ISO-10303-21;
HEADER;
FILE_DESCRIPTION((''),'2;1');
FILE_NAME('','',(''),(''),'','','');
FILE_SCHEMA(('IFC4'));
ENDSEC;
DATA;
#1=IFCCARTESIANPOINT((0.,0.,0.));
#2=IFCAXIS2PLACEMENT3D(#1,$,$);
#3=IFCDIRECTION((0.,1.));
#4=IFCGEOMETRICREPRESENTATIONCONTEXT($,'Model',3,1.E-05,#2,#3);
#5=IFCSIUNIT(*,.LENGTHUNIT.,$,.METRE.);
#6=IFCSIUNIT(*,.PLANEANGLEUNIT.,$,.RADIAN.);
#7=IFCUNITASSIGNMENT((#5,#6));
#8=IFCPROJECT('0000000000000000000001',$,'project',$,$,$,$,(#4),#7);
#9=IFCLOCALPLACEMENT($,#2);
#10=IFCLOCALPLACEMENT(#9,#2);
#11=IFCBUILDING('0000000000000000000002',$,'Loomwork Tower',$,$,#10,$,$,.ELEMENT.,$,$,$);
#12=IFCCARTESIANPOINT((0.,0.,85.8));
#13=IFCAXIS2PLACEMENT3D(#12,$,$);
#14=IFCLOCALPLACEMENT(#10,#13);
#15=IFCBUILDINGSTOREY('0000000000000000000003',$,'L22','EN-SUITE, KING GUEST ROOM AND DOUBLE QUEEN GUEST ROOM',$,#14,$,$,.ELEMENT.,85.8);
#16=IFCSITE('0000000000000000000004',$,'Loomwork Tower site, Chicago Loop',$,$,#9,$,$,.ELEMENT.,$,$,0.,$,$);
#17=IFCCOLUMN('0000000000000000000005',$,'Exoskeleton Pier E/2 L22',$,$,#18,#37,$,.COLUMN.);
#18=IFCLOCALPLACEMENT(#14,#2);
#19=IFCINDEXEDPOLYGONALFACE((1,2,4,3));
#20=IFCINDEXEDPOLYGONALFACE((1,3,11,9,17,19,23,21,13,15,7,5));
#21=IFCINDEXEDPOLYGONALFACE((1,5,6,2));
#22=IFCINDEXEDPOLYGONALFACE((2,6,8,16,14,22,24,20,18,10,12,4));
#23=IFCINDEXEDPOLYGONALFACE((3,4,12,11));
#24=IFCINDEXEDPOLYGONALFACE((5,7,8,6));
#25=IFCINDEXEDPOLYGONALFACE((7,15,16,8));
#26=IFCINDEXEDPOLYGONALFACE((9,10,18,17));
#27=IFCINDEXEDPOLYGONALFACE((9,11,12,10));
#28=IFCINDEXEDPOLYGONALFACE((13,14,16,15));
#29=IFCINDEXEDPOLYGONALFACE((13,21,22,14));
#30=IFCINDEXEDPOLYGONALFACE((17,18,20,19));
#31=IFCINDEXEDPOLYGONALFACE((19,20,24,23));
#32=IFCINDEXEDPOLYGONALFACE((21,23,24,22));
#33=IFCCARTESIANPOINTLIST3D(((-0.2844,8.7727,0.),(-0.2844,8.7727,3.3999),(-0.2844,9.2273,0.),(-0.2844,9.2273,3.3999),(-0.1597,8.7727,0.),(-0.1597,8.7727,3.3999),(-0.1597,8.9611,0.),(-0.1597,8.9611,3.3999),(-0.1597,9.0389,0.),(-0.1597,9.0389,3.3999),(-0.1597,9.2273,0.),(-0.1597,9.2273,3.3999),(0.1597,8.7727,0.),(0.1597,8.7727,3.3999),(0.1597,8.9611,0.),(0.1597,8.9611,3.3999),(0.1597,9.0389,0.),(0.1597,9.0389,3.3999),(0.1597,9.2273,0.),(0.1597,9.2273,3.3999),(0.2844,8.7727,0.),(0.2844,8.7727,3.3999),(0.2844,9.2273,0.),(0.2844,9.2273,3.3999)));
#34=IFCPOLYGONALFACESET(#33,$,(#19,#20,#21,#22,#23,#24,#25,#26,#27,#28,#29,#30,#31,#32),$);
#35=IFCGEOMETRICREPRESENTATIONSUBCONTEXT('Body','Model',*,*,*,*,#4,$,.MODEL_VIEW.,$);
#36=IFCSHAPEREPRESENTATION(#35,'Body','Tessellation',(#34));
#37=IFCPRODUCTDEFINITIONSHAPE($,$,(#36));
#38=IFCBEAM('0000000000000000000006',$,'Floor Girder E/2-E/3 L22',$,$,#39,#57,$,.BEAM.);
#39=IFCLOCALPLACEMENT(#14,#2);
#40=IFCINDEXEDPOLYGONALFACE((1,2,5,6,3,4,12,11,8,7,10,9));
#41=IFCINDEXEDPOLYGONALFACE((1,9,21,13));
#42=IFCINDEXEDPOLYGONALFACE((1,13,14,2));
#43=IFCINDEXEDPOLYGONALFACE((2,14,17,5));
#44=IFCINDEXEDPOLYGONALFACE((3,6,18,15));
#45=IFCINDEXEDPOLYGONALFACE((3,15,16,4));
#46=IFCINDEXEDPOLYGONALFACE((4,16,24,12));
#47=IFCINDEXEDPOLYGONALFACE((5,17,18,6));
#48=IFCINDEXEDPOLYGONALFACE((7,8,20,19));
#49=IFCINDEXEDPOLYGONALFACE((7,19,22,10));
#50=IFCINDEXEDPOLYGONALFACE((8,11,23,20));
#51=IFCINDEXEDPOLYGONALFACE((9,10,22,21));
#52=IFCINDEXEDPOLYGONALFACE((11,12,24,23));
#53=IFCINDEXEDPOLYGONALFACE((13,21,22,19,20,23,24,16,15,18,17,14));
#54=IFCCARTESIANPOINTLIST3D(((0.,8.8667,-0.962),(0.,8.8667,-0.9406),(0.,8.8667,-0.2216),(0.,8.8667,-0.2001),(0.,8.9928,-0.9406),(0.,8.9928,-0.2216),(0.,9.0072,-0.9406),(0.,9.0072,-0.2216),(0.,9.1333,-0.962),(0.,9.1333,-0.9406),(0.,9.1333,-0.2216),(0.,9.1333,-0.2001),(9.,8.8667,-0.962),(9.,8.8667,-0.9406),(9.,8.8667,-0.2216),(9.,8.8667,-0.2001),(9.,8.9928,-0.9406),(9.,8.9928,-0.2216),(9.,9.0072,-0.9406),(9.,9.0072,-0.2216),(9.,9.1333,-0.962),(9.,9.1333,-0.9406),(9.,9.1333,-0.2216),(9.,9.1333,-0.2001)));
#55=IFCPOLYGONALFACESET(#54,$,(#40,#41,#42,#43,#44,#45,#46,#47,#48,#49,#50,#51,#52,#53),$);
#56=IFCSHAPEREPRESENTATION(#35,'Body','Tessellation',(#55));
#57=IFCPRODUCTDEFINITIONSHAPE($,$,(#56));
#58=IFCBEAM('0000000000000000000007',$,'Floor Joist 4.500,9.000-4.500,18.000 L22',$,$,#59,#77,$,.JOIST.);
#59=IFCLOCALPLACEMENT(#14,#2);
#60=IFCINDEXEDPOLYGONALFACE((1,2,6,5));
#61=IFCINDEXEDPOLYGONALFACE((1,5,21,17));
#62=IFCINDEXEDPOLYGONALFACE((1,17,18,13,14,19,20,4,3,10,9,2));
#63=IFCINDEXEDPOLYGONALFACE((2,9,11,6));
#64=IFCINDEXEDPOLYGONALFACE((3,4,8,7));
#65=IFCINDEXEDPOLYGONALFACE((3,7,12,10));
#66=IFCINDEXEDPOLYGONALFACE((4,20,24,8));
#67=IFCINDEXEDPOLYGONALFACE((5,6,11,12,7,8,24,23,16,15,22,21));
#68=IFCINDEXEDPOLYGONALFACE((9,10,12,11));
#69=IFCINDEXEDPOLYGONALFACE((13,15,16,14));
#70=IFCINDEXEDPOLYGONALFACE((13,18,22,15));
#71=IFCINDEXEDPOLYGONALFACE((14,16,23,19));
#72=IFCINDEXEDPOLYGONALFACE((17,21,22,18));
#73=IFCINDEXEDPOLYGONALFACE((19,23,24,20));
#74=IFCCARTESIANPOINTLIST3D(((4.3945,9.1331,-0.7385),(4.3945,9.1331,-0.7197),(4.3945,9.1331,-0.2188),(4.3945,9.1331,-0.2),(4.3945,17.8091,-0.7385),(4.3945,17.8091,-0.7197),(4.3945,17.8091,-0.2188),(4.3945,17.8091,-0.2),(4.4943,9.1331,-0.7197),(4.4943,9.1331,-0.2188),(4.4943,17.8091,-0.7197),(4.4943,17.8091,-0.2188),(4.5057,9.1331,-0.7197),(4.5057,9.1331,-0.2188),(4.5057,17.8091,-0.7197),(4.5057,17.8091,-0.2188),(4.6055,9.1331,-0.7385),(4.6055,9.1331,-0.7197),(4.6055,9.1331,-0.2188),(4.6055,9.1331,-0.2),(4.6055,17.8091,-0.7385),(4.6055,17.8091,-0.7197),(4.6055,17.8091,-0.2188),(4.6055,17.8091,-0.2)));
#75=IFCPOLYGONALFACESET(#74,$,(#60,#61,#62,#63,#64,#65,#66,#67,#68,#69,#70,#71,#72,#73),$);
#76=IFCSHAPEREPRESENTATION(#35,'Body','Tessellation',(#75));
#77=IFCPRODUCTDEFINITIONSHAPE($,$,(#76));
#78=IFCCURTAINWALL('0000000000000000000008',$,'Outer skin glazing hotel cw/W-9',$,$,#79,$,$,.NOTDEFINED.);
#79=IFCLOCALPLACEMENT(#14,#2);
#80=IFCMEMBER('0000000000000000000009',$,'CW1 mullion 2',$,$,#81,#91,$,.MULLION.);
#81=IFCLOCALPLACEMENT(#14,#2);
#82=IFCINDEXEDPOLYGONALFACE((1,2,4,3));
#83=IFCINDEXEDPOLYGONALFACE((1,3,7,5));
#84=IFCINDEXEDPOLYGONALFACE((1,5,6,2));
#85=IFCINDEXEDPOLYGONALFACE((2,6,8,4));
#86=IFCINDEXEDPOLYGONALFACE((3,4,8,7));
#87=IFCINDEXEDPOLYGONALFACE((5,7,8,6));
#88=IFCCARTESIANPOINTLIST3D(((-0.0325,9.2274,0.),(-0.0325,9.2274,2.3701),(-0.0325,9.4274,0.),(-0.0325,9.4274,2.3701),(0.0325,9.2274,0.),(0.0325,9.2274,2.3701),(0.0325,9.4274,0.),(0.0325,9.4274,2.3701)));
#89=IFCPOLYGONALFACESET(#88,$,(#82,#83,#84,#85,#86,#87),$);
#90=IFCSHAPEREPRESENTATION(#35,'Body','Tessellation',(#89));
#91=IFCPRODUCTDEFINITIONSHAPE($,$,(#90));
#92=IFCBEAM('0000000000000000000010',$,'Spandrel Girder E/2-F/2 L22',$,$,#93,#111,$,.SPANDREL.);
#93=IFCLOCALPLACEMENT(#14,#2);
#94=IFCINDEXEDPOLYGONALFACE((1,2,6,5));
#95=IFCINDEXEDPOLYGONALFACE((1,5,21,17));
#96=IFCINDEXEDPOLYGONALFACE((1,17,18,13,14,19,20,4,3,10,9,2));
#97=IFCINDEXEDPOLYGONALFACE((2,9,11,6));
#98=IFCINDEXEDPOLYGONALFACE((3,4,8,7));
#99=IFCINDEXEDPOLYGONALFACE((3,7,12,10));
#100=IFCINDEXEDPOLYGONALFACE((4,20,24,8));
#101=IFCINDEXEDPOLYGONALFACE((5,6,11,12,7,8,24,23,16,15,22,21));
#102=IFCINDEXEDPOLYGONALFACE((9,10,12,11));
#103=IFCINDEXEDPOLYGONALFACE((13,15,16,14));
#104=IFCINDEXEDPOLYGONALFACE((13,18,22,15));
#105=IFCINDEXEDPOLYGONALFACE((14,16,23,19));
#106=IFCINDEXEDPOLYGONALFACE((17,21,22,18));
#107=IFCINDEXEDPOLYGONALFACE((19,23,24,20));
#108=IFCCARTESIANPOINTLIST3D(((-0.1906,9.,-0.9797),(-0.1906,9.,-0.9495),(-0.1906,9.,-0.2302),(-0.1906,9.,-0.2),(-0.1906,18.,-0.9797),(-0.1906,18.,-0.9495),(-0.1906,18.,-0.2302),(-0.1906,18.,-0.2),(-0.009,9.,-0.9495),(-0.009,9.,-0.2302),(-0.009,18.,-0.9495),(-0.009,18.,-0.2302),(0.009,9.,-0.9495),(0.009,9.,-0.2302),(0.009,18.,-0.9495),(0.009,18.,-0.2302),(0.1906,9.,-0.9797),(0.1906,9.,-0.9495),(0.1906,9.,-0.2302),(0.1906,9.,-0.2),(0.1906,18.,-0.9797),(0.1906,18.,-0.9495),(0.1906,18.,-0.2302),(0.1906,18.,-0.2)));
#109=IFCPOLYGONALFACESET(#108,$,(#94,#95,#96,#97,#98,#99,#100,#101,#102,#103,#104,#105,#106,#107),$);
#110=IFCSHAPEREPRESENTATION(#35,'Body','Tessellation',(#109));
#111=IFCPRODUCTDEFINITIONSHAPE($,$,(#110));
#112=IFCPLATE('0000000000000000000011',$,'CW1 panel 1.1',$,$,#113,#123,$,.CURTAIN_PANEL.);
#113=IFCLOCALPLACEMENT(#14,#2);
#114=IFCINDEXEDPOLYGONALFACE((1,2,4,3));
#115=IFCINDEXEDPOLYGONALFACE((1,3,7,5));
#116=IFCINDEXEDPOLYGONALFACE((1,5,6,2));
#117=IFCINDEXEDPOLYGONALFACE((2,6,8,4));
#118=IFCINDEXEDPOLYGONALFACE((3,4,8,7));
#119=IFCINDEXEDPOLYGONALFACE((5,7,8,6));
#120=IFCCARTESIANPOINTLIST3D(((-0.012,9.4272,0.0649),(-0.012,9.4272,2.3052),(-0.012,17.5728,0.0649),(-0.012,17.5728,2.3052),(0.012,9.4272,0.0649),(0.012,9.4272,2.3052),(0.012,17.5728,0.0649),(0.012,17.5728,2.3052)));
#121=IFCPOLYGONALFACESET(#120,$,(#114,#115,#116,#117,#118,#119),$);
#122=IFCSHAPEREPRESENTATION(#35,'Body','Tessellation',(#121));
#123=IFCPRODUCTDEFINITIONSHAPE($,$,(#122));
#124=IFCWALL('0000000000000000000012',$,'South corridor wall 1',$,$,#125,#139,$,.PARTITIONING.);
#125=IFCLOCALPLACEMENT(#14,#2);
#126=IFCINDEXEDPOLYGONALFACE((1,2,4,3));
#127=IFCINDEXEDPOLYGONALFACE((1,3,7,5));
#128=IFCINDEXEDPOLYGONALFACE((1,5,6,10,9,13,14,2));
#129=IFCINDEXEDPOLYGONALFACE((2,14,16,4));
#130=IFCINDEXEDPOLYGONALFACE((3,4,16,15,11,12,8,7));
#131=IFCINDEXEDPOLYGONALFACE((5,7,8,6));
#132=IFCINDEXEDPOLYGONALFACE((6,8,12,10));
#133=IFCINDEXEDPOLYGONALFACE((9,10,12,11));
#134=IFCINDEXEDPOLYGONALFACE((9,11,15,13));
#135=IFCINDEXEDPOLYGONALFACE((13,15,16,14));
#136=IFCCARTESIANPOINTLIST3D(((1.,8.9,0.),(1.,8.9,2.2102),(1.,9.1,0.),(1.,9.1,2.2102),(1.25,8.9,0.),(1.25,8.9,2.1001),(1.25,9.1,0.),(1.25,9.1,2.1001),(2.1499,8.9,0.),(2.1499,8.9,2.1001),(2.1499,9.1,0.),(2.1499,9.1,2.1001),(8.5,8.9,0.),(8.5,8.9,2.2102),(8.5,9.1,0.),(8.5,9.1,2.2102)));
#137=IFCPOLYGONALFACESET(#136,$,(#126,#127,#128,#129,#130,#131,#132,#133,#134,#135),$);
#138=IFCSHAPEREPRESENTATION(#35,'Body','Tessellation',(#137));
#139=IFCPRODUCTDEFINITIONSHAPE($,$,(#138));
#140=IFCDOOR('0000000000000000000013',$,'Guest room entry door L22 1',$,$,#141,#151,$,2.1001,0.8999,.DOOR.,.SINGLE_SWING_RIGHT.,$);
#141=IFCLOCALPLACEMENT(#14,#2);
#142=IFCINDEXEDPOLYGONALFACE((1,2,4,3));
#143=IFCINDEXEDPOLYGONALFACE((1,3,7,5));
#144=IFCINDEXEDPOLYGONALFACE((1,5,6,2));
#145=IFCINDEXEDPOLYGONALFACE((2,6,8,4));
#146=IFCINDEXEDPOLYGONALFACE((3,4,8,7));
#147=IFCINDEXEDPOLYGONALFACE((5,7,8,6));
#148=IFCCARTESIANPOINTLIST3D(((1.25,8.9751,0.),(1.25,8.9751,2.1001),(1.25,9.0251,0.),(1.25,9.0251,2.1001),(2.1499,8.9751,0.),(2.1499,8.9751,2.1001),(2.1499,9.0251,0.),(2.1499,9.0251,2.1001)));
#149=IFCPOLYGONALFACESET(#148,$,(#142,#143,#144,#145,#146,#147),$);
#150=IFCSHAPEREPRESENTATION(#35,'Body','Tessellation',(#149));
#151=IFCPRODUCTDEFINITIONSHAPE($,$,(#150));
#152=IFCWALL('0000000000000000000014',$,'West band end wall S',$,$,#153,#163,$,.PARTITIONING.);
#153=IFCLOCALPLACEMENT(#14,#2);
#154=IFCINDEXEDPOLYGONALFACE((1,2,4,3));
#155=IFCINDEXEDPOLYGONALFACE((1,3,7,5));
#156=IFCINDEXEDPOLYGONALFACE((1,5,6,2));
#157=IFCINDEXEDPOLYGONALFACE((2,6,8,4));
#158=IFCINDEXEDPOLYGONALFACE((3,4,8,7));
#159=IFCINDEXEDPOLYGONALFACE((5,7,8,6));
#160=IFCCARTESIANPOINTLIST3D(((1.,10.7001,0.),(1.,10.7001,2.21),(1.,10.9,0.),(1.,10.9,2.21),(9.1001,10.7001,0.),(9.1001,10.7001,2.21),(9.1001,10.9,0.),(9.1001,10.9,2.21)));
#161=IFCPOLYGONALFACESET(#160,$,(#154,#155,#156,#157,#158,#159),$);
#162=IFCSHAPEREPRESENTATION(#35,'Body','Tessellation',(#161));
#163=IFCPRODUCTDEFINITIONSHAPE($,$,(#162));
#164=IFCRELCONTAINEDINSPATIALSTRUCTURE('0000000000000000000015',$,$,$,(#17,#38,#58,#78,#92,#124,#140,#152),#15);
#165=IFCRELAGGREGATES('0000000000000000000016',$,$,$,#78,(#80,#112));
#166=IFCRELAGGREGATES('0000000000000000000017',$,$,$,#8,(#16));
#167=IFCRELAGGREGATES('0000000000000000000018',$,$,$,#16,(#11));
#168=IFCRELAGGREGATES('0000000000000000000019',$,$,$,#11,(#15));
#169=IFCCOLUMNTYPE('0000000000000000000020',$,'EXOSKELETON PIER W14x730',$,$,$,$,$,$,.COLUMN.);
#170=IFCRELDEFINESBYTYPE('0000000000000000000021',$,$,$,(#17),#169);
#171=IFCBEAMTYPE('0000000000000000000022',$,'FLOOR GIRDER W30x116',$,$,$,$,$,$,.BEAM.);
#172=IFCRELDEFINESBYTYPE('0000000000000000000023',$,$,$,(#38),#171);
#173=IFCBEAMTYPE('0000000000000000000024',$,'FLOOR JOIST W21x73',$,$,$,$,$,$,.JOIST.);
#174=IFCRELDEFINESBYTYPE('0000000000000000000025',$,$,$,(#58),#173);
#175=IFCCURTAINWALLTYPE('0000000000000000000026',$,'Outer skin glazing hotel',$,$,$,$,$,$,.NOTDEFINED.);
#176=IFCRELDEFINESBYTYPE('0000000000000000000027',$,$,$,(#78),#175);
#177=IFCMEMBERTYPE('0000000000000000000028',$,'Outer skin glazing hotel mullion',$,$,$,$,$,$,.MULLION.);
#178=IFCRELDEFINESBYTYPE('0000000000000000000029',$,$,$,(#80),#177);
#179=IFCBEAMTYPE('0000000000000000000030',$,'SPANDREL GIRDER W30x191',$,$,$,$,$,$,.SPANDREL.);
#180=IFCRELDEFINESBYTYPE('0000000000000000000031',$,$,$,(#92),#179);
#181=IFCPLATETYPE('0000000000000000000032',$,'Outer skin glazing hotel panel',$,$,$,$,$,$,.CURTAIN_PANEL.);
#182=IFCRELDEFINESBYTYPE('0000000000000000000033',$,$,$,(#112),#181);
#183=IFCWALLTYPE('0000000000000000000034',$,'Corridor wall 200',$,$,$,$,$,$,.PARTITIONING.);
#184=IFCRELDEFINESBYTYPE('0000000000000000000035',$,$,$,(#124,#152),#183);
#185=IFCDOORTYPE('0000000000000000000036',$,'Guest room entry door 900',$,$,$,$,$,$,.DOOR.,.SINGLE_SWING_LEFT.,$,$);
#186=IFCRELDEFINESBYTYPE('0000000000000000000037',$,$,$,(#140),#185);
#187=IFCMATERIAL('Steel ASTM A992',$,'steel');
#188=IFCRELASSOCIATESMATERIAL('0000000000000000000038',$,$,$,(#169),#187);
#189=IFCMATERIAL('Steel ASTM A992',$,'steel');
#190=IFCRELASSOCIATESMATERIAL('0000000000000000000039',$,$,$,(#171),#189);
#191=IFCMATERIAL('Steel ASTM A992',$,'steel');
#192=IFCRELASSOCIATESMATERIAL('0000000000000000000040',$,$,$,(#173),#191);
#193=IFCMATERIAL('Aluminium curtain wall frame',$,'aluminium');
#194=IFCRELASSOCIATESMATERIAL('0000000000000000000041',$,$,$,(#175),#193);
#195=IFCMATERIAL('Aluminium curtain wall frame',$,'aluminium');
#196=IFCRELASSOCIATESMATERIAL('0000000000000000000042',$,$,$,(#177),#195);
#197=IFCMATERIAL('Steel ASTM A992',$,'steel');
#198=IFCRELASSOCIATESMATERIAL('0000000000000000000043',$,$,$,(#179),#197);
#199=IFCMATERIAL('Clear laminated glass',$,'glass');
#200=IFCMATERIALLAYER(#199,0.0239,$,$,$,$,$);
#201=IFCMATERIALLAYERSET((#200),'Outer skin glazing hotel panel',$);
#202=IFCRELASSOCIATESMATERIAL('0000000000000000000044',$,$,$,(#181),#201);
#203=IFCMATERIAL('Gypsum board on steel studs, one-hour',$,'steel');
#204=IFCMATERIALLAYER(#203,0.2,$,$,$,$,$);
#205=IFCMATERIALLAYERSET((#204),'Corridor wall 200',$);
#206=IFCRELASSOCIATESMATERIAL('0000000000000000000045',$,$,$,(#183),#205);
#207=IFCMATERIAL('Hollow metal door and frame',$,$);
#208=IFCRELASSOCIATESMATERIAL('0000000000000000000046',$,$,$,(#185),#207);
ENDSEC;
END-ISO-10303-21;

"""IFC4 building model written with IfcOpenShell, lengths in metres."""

from ifc_helpers import new_model, si_unit, direction, frame, frame_2d, origin, origin_2d, place, context, subcontext, project, spatial, rectangle, i_section, extrude, material, layer, layer_set, material_profile, profile_set, type_object, element, fill, aggregate, save


model = new_model("IFC4")

# Units and contexts
model_context = context("Model", 3, precision=1e-05, world=origin(), true_north=direction((0.0, 1.0)))
body_context = subcontext(model_context, "Body", "Model", "MODEL_VIEW")
ifc_project = project(units=[si_unit("LENGTHUNIT", "METRE"), si_unit("PLANEANGLEUNIT", "RADIAN")], contexts=[model_context])

# Site, building, storey
site_placement = place(None, origin())
site = spatial("IfcSite", under=ifc_project, at=site_placement, Name="Loomwork Tower site, Chicago Loop", CompositionType="ELEMENT", RefElevation=0.0)
building_placement = place(site_placement, origin())
building = spatial("IfcBuilding", under=site, at=building_placement, Name="Loomwork Tower", CompositionType="ELEMENT")
storey_placement = place(building_placement, frame((0.0, 0.0, 85.8)))
storey = spatial("IfcBuildingStorey", under=building, at=storey_placement, Name="L22", Description="EN-SUITE, KING GUEST ROOM AND DOUBLE QUEEN GUEST ROOM", CompositionType="ELEMENT", Elevation=85.8)

# Column
ifc_material_1 = material(Name="Steel ASTM A992", Category="steel")
ifc_material_profile_1 = material_profile(ifc_material_1, i_section(OverallWidth=0.4546, OverallDepth=0.5688, WebThickness=0.0779, FlangeThickness=0.1248, at=origin_2d()), Name="W14x730")
ifc_profile_set_1 = profile_set([ifc_material_profile_1], Name="Steel ASTM A992")
column_type = type_object("IfcColumnType", Name="EXOSKELETON PIER W14x730", PredefinedType="COLUMN", material=ifc_profile_set_1)
column_placement = place(storey_placement, frame((0.0, 9.0, 0.0), z_axis=(0.0, 0.0, 1.0), x_axis=(0.0, 1.0, 0.0)))
element("IfcColumn", 1, at=column_placement, inside=storey, type_object=column_type, Name="Exoskeleton Pier E/2 L22", PredefinedType="COLUMN", context=body_context, shape_type="SweptSolid", body=[
    extrude(i_section(OverallWidth=0.4546, OverallDepth=0.5688, WebThickness=0.0779, FlangeThickness=0.1248, at=origin_2d()), origin(), (0.0, 0.0, 1.0), 3.3999),
])

# Beams
ifc_material_2 = material(Name="Steel ASTM A992", Category="steel")
ifc_material_profile_2 = material_profile(ifc_material_2, i_section(OverallWidth=0.2666, OverallDepth=0.762, WebThickness=0.0144, FlangeThickness=0.0215, at=origin_2d()), Name="W30x116")
ifc_profile_set_2 = profile_set([ifc_material_profile_2], Name="Steel ASTM A992")
beam_type_1 = type_object("IfcBeamType", Name="FLOOR GIRDER W30x116", PredefinedType="BEAM", material=ifc_profile_set_2)
beam_1_placement = place(storey_placement, frame((0.0, 9.0, -0.5811), z_axis=(1.0, 0.0, 0.0), x_axis=(0.0, 1.0, 0.0)))
element("IfcBeam", 2, at=beam_1_placement, inside=storey, type_object=beam_type_1, Name="Floor Girder E/2-E/3 L22", PredefinedType="BEAM", context=body_context, shape_type="SweptSolid", body=[
    extrude(i_section(OverallWidth=0.2666, OverallDepth=0.762, WebThickness=0.0144, FlangeThickness=0.0215, at=origin_2d()), origin(), (0.0, 0.0, 1.0), 9.0),
])
ifc_material_3 = material(Name="Steel ASTM A992", Category="steel")
ifc_material_profile_3 = material_profile(ifc_material_3, i_section(OverallWidth=0.2109, OverallDepth=0.5386, WebThickness=0.0115, FlangeThickness=0.0188, at=origin_2d()), Name="W21x73")
ifc_profile_set_3 = profile_set([ifc_material_profile_3], Name="Steel ASTM A992")
beam_type_2 = type_object("IfcBeamType", Name="FLOOR JOIST W21x73", PredefinedType="JOIST", material=ifc_profile_set_3)
beam_2_placement = place(storey_placement, frame((4.5, 9.1331, -0.4692), z_axis=(0.0, 1.0, 0.0), x_axis=(-1.0, 0.0, 0.0)))
element("IfcBeam", 3, at=beam_2_placement, inside=storey, type_object=beam_type_2, Name="Floor Joist 4.500,9.000-4.500,18.000 L22", PredefinedType="JOIST", context=body_context, shape_type="SweptSolid", body=[
    extrude(i_section(OverallWidth=0.2109, OverallDepth=0.5386, WebThickness=0.0115, FlangeThickness=0.0188, at=origin_2d()), origin(), (0.0, 0.0, 1.0), 8.676),
])

# Curtain wall, member
ifc_material_4 = material(Name="Aluminium curtain wall frame", Category="aluminium")
curtain_wall_type = type_object("IfcCurtainWallType", Name="Outer skin glazing hotel", PredefinedType="NOTDEFINED", material=ifc_material_4)
curtain_wall_placement = place(storey_placement, origin())
curtain_wall = element("IfcCurtainWall", 4, at=curtain_wall_placement, inside=storey, type_object=curtain_wall_type, Name="Outer skin glazing hotel cw/W-9", PredefinedType="NOTDEFINED")
ifc_material_5 = material(Name="Aluminium curtain wall frame", Category="aluminium")
ifc_material_profile_4 = material_profile(ifc_material_5, rectangle(XDim=0.0649, YDim=0.2, at=origin_2d()), Name="AL 65x200")
ifc_profile_set_4 = profile_set([ifc_material_profile_4], Name="Aluminium curtain wall frame")
member_type = type_object("IfcMemberType", Name="Outer skin glazing hotel mullion", PredefinedType="MULLION", material=ifc_profile_set_4)
member_placement = place(storey_placement, frame((0.0, 9.3274, 0.0), z_axis=(0.0, 0.0, 1.0), x_axis=(1.0, 0.0, 0.0)))
member = element("IfcMember", 5, at=member_placement, type_object=member_type, Name="CW1 mullion 2", PredefinedType="MULLION", context=body_context, shape_type="SweptSolid", body=[
    extrude(rectangle(XDim=0.0649, YDim=0.2, at=origin_2d()), origin(), (0.0, 0.0, 1.0), 2.3701),
])

# Beam
ifc_material_6 = material(Name="Steel ASTM A992", Category="steel")
ifc_material_profile_5 = material_profile(ifc_material_6, i_section(OverallWidth=0.3811, OverallDepth=0.7798, WebThickness=0.0181, FlangeThickness=0.0303, at=origin_2d()), Name="W30x191")
ifc_profile_set_5 = profile_set([ifc_material_profile_5], Name="Steel ASTM A992")
beam_type_3 = type_object("IfcBeamType", Name="SPANDREL GIRDER W30x191", PredefinedType="SPANDREL", material=ifc_profile_set_5)
beam_3_placement = place(storey_placement, frame((0.0, 9.0, -0.5898), z_axis=(0.0, 1.0, 0.0), x_axis=(-1.0, 0.0, 0.0)))
element("IfcBeam", 6, at=beam_3_placement, inside=storey, type_object=beam_type_3, Name="Spandrel Girder E/2-F/2 L22", PredefinedType="SPANDREL", context=body_context, shape_type="SweptSolid", body=[
    extrude(i_section(OverallWidth=0.3811, OverallDepth=0.7798, WebThickness=0.0181, FlangeThickness=0.0303, at=origin_2d()), origin(), (0.0, 0.0, 1.0), 9.0),
])

# Plate
ifc_material_7 = material(Name="Clear laminated glass", Category="glass")
ifc_layer_1 = layer(ifc_material_7, 0.0239)
ifc_layer_set_1 = layer_set([ifc_layer_1], Name="Outer skin glazing hotel panel")
plate_type = type_object("IfcPlateType", Name="Outer skin glazing hotel panel", PredefinedType="CURTAIN_PANEL", material=ifc_layer_set_1)
plate_placement = place(storey_placement, frame((0.0, 13.5, 0.0649), z_axis=(0.0, 0.0, 1.0), x_axis=(0.0, -1.0, 0.0)))
plate = element("IfcPlate", 7, at=plate_placement, type_object=plate_type, Name="CW1 panel 1.1", PredefinedType="CURTAIN_PANEL", context=body_context, shape_type="SweptSolid", body=[
    extrude(rectangle(XDim=8.1455, YDim=0.0239, at=origin_2d()), origin(), (0.0, 0.0, 1.0), 2.2402),
])
aggregate(curtain_wall, [member, plate])

# Wall, opening, door
ifc_material_8 = material(Name="Gypsum board on steel studs, one-hour", Category="steel")
ifc_layer_2 = layer(ifc_material_8, 0.2)
ifc_layer_set_2 = layer_set([ifc_layer_2], Name="Corridor wall 200")
wall_type_1 = type_object("IfcWallType", Name="Corridor wall 200", PredefinedType="PARTITIONING", material=ifc_layer_set_2)
wall_1_placement = place(storey_placement, frame((1.0, 9.0, 0.0), z_axis=(0.0, 0.0, 1.0), x_axis=(1.0, 0.0, 0.0)))
wall_1 = element("IfcWall", 8, at=wall_1_placement, inside=storey, type_object=wall_type_1, Name="South corridor wall 1", PredefinedType="PARTITIONING", context=body_context, shape_type="SweptSolid", body=[
    extrude(rectangle(XDim=7.5, YDim=0.2, at=frame_2d((3.75, 0.0))), origin(), (0.0, 0.0, 1.0), 2.2102),
])
opening_1_placement = place(wall_1_placement, frame((0.25, 0.0, 0.0)))
opening_1 = element("IfcOpeningElement", 9, at=opening_1_placement, cuts=wall_1, PredefinedType="OPENING", context=body_context, shape_type="SweptSolid", body=[
    extrude(rectangle(XDim=0.8999, YDim=2.1001, at=frame_2d((0.45, 1.05))), frame((0.0, 0.1099, 0.0), z_axis=(0.0, -1.0, 0.0), x_axis=(1.0, 0.0, 0.0)), (0.0, 0.0, 1.0), 0.22),
])
ifc_material_9 = material(Name="Hollow metal door and frame")
door_type_1 = type_object("IfcDoorType", Name="Guest room entry door 900", OperationType="SINGLE_SWING_LEFT", PredefinedType="DOOR", material=ifc_material_9)
door_1_placement = place(opening_1_placement, frame((0.8999, 0.0, 0.0), z_axis=(0.0, 0.0, 1.0), x_axis=(-1.0, 0.0, 0.0)))
door_1 = element("IfcDoor", 10, at=door_1_placement, inside=storey, type_object=door_type_1, Name="Guest room entry door L22 1", OperationType="SINGLE_SWING_RIGHT", OverallHeight=2.1001, OverallWidth=0.8999, PredefinedType="DOOR", context=body_context, shape_type="SweptSolid", body=[
    extrude(rectangle(XDim=0.8999, YDim=2.1001, at=frame_2d((0.45, 1.05))), frame((0.0, 0.0249, 0.0), z_axis=(0.0, -1.0, 0.0), x_axis=(1.0, 0.0, 0.0)), (0.0, 0.0, 1.0), 0.05),
])
fill(opening_1, door_1)

# Wall
wall_2_placement = place(storey_placement, frame((1.0, 10.8, 0.0), z_axis=(0.0, 0.0, 1.0), x_axis=(1.0, 0.0, 0.0)))
element("IfcWall", 11, at=wall_2_placement, inside=storey, type_object=wall_type_1, Name="West band end wall S", PredefinedType="PARTITIONING", context=body_context, shape_type="SweptSolid", body=[
    extrude(rectangle(XDim=8.1001, YDim=0.2, at=frame_2d((4.05, 0.0))), origin(), (0.0, 0.0, 1.0), 2.21),
])

save(model, "model.ifc")
